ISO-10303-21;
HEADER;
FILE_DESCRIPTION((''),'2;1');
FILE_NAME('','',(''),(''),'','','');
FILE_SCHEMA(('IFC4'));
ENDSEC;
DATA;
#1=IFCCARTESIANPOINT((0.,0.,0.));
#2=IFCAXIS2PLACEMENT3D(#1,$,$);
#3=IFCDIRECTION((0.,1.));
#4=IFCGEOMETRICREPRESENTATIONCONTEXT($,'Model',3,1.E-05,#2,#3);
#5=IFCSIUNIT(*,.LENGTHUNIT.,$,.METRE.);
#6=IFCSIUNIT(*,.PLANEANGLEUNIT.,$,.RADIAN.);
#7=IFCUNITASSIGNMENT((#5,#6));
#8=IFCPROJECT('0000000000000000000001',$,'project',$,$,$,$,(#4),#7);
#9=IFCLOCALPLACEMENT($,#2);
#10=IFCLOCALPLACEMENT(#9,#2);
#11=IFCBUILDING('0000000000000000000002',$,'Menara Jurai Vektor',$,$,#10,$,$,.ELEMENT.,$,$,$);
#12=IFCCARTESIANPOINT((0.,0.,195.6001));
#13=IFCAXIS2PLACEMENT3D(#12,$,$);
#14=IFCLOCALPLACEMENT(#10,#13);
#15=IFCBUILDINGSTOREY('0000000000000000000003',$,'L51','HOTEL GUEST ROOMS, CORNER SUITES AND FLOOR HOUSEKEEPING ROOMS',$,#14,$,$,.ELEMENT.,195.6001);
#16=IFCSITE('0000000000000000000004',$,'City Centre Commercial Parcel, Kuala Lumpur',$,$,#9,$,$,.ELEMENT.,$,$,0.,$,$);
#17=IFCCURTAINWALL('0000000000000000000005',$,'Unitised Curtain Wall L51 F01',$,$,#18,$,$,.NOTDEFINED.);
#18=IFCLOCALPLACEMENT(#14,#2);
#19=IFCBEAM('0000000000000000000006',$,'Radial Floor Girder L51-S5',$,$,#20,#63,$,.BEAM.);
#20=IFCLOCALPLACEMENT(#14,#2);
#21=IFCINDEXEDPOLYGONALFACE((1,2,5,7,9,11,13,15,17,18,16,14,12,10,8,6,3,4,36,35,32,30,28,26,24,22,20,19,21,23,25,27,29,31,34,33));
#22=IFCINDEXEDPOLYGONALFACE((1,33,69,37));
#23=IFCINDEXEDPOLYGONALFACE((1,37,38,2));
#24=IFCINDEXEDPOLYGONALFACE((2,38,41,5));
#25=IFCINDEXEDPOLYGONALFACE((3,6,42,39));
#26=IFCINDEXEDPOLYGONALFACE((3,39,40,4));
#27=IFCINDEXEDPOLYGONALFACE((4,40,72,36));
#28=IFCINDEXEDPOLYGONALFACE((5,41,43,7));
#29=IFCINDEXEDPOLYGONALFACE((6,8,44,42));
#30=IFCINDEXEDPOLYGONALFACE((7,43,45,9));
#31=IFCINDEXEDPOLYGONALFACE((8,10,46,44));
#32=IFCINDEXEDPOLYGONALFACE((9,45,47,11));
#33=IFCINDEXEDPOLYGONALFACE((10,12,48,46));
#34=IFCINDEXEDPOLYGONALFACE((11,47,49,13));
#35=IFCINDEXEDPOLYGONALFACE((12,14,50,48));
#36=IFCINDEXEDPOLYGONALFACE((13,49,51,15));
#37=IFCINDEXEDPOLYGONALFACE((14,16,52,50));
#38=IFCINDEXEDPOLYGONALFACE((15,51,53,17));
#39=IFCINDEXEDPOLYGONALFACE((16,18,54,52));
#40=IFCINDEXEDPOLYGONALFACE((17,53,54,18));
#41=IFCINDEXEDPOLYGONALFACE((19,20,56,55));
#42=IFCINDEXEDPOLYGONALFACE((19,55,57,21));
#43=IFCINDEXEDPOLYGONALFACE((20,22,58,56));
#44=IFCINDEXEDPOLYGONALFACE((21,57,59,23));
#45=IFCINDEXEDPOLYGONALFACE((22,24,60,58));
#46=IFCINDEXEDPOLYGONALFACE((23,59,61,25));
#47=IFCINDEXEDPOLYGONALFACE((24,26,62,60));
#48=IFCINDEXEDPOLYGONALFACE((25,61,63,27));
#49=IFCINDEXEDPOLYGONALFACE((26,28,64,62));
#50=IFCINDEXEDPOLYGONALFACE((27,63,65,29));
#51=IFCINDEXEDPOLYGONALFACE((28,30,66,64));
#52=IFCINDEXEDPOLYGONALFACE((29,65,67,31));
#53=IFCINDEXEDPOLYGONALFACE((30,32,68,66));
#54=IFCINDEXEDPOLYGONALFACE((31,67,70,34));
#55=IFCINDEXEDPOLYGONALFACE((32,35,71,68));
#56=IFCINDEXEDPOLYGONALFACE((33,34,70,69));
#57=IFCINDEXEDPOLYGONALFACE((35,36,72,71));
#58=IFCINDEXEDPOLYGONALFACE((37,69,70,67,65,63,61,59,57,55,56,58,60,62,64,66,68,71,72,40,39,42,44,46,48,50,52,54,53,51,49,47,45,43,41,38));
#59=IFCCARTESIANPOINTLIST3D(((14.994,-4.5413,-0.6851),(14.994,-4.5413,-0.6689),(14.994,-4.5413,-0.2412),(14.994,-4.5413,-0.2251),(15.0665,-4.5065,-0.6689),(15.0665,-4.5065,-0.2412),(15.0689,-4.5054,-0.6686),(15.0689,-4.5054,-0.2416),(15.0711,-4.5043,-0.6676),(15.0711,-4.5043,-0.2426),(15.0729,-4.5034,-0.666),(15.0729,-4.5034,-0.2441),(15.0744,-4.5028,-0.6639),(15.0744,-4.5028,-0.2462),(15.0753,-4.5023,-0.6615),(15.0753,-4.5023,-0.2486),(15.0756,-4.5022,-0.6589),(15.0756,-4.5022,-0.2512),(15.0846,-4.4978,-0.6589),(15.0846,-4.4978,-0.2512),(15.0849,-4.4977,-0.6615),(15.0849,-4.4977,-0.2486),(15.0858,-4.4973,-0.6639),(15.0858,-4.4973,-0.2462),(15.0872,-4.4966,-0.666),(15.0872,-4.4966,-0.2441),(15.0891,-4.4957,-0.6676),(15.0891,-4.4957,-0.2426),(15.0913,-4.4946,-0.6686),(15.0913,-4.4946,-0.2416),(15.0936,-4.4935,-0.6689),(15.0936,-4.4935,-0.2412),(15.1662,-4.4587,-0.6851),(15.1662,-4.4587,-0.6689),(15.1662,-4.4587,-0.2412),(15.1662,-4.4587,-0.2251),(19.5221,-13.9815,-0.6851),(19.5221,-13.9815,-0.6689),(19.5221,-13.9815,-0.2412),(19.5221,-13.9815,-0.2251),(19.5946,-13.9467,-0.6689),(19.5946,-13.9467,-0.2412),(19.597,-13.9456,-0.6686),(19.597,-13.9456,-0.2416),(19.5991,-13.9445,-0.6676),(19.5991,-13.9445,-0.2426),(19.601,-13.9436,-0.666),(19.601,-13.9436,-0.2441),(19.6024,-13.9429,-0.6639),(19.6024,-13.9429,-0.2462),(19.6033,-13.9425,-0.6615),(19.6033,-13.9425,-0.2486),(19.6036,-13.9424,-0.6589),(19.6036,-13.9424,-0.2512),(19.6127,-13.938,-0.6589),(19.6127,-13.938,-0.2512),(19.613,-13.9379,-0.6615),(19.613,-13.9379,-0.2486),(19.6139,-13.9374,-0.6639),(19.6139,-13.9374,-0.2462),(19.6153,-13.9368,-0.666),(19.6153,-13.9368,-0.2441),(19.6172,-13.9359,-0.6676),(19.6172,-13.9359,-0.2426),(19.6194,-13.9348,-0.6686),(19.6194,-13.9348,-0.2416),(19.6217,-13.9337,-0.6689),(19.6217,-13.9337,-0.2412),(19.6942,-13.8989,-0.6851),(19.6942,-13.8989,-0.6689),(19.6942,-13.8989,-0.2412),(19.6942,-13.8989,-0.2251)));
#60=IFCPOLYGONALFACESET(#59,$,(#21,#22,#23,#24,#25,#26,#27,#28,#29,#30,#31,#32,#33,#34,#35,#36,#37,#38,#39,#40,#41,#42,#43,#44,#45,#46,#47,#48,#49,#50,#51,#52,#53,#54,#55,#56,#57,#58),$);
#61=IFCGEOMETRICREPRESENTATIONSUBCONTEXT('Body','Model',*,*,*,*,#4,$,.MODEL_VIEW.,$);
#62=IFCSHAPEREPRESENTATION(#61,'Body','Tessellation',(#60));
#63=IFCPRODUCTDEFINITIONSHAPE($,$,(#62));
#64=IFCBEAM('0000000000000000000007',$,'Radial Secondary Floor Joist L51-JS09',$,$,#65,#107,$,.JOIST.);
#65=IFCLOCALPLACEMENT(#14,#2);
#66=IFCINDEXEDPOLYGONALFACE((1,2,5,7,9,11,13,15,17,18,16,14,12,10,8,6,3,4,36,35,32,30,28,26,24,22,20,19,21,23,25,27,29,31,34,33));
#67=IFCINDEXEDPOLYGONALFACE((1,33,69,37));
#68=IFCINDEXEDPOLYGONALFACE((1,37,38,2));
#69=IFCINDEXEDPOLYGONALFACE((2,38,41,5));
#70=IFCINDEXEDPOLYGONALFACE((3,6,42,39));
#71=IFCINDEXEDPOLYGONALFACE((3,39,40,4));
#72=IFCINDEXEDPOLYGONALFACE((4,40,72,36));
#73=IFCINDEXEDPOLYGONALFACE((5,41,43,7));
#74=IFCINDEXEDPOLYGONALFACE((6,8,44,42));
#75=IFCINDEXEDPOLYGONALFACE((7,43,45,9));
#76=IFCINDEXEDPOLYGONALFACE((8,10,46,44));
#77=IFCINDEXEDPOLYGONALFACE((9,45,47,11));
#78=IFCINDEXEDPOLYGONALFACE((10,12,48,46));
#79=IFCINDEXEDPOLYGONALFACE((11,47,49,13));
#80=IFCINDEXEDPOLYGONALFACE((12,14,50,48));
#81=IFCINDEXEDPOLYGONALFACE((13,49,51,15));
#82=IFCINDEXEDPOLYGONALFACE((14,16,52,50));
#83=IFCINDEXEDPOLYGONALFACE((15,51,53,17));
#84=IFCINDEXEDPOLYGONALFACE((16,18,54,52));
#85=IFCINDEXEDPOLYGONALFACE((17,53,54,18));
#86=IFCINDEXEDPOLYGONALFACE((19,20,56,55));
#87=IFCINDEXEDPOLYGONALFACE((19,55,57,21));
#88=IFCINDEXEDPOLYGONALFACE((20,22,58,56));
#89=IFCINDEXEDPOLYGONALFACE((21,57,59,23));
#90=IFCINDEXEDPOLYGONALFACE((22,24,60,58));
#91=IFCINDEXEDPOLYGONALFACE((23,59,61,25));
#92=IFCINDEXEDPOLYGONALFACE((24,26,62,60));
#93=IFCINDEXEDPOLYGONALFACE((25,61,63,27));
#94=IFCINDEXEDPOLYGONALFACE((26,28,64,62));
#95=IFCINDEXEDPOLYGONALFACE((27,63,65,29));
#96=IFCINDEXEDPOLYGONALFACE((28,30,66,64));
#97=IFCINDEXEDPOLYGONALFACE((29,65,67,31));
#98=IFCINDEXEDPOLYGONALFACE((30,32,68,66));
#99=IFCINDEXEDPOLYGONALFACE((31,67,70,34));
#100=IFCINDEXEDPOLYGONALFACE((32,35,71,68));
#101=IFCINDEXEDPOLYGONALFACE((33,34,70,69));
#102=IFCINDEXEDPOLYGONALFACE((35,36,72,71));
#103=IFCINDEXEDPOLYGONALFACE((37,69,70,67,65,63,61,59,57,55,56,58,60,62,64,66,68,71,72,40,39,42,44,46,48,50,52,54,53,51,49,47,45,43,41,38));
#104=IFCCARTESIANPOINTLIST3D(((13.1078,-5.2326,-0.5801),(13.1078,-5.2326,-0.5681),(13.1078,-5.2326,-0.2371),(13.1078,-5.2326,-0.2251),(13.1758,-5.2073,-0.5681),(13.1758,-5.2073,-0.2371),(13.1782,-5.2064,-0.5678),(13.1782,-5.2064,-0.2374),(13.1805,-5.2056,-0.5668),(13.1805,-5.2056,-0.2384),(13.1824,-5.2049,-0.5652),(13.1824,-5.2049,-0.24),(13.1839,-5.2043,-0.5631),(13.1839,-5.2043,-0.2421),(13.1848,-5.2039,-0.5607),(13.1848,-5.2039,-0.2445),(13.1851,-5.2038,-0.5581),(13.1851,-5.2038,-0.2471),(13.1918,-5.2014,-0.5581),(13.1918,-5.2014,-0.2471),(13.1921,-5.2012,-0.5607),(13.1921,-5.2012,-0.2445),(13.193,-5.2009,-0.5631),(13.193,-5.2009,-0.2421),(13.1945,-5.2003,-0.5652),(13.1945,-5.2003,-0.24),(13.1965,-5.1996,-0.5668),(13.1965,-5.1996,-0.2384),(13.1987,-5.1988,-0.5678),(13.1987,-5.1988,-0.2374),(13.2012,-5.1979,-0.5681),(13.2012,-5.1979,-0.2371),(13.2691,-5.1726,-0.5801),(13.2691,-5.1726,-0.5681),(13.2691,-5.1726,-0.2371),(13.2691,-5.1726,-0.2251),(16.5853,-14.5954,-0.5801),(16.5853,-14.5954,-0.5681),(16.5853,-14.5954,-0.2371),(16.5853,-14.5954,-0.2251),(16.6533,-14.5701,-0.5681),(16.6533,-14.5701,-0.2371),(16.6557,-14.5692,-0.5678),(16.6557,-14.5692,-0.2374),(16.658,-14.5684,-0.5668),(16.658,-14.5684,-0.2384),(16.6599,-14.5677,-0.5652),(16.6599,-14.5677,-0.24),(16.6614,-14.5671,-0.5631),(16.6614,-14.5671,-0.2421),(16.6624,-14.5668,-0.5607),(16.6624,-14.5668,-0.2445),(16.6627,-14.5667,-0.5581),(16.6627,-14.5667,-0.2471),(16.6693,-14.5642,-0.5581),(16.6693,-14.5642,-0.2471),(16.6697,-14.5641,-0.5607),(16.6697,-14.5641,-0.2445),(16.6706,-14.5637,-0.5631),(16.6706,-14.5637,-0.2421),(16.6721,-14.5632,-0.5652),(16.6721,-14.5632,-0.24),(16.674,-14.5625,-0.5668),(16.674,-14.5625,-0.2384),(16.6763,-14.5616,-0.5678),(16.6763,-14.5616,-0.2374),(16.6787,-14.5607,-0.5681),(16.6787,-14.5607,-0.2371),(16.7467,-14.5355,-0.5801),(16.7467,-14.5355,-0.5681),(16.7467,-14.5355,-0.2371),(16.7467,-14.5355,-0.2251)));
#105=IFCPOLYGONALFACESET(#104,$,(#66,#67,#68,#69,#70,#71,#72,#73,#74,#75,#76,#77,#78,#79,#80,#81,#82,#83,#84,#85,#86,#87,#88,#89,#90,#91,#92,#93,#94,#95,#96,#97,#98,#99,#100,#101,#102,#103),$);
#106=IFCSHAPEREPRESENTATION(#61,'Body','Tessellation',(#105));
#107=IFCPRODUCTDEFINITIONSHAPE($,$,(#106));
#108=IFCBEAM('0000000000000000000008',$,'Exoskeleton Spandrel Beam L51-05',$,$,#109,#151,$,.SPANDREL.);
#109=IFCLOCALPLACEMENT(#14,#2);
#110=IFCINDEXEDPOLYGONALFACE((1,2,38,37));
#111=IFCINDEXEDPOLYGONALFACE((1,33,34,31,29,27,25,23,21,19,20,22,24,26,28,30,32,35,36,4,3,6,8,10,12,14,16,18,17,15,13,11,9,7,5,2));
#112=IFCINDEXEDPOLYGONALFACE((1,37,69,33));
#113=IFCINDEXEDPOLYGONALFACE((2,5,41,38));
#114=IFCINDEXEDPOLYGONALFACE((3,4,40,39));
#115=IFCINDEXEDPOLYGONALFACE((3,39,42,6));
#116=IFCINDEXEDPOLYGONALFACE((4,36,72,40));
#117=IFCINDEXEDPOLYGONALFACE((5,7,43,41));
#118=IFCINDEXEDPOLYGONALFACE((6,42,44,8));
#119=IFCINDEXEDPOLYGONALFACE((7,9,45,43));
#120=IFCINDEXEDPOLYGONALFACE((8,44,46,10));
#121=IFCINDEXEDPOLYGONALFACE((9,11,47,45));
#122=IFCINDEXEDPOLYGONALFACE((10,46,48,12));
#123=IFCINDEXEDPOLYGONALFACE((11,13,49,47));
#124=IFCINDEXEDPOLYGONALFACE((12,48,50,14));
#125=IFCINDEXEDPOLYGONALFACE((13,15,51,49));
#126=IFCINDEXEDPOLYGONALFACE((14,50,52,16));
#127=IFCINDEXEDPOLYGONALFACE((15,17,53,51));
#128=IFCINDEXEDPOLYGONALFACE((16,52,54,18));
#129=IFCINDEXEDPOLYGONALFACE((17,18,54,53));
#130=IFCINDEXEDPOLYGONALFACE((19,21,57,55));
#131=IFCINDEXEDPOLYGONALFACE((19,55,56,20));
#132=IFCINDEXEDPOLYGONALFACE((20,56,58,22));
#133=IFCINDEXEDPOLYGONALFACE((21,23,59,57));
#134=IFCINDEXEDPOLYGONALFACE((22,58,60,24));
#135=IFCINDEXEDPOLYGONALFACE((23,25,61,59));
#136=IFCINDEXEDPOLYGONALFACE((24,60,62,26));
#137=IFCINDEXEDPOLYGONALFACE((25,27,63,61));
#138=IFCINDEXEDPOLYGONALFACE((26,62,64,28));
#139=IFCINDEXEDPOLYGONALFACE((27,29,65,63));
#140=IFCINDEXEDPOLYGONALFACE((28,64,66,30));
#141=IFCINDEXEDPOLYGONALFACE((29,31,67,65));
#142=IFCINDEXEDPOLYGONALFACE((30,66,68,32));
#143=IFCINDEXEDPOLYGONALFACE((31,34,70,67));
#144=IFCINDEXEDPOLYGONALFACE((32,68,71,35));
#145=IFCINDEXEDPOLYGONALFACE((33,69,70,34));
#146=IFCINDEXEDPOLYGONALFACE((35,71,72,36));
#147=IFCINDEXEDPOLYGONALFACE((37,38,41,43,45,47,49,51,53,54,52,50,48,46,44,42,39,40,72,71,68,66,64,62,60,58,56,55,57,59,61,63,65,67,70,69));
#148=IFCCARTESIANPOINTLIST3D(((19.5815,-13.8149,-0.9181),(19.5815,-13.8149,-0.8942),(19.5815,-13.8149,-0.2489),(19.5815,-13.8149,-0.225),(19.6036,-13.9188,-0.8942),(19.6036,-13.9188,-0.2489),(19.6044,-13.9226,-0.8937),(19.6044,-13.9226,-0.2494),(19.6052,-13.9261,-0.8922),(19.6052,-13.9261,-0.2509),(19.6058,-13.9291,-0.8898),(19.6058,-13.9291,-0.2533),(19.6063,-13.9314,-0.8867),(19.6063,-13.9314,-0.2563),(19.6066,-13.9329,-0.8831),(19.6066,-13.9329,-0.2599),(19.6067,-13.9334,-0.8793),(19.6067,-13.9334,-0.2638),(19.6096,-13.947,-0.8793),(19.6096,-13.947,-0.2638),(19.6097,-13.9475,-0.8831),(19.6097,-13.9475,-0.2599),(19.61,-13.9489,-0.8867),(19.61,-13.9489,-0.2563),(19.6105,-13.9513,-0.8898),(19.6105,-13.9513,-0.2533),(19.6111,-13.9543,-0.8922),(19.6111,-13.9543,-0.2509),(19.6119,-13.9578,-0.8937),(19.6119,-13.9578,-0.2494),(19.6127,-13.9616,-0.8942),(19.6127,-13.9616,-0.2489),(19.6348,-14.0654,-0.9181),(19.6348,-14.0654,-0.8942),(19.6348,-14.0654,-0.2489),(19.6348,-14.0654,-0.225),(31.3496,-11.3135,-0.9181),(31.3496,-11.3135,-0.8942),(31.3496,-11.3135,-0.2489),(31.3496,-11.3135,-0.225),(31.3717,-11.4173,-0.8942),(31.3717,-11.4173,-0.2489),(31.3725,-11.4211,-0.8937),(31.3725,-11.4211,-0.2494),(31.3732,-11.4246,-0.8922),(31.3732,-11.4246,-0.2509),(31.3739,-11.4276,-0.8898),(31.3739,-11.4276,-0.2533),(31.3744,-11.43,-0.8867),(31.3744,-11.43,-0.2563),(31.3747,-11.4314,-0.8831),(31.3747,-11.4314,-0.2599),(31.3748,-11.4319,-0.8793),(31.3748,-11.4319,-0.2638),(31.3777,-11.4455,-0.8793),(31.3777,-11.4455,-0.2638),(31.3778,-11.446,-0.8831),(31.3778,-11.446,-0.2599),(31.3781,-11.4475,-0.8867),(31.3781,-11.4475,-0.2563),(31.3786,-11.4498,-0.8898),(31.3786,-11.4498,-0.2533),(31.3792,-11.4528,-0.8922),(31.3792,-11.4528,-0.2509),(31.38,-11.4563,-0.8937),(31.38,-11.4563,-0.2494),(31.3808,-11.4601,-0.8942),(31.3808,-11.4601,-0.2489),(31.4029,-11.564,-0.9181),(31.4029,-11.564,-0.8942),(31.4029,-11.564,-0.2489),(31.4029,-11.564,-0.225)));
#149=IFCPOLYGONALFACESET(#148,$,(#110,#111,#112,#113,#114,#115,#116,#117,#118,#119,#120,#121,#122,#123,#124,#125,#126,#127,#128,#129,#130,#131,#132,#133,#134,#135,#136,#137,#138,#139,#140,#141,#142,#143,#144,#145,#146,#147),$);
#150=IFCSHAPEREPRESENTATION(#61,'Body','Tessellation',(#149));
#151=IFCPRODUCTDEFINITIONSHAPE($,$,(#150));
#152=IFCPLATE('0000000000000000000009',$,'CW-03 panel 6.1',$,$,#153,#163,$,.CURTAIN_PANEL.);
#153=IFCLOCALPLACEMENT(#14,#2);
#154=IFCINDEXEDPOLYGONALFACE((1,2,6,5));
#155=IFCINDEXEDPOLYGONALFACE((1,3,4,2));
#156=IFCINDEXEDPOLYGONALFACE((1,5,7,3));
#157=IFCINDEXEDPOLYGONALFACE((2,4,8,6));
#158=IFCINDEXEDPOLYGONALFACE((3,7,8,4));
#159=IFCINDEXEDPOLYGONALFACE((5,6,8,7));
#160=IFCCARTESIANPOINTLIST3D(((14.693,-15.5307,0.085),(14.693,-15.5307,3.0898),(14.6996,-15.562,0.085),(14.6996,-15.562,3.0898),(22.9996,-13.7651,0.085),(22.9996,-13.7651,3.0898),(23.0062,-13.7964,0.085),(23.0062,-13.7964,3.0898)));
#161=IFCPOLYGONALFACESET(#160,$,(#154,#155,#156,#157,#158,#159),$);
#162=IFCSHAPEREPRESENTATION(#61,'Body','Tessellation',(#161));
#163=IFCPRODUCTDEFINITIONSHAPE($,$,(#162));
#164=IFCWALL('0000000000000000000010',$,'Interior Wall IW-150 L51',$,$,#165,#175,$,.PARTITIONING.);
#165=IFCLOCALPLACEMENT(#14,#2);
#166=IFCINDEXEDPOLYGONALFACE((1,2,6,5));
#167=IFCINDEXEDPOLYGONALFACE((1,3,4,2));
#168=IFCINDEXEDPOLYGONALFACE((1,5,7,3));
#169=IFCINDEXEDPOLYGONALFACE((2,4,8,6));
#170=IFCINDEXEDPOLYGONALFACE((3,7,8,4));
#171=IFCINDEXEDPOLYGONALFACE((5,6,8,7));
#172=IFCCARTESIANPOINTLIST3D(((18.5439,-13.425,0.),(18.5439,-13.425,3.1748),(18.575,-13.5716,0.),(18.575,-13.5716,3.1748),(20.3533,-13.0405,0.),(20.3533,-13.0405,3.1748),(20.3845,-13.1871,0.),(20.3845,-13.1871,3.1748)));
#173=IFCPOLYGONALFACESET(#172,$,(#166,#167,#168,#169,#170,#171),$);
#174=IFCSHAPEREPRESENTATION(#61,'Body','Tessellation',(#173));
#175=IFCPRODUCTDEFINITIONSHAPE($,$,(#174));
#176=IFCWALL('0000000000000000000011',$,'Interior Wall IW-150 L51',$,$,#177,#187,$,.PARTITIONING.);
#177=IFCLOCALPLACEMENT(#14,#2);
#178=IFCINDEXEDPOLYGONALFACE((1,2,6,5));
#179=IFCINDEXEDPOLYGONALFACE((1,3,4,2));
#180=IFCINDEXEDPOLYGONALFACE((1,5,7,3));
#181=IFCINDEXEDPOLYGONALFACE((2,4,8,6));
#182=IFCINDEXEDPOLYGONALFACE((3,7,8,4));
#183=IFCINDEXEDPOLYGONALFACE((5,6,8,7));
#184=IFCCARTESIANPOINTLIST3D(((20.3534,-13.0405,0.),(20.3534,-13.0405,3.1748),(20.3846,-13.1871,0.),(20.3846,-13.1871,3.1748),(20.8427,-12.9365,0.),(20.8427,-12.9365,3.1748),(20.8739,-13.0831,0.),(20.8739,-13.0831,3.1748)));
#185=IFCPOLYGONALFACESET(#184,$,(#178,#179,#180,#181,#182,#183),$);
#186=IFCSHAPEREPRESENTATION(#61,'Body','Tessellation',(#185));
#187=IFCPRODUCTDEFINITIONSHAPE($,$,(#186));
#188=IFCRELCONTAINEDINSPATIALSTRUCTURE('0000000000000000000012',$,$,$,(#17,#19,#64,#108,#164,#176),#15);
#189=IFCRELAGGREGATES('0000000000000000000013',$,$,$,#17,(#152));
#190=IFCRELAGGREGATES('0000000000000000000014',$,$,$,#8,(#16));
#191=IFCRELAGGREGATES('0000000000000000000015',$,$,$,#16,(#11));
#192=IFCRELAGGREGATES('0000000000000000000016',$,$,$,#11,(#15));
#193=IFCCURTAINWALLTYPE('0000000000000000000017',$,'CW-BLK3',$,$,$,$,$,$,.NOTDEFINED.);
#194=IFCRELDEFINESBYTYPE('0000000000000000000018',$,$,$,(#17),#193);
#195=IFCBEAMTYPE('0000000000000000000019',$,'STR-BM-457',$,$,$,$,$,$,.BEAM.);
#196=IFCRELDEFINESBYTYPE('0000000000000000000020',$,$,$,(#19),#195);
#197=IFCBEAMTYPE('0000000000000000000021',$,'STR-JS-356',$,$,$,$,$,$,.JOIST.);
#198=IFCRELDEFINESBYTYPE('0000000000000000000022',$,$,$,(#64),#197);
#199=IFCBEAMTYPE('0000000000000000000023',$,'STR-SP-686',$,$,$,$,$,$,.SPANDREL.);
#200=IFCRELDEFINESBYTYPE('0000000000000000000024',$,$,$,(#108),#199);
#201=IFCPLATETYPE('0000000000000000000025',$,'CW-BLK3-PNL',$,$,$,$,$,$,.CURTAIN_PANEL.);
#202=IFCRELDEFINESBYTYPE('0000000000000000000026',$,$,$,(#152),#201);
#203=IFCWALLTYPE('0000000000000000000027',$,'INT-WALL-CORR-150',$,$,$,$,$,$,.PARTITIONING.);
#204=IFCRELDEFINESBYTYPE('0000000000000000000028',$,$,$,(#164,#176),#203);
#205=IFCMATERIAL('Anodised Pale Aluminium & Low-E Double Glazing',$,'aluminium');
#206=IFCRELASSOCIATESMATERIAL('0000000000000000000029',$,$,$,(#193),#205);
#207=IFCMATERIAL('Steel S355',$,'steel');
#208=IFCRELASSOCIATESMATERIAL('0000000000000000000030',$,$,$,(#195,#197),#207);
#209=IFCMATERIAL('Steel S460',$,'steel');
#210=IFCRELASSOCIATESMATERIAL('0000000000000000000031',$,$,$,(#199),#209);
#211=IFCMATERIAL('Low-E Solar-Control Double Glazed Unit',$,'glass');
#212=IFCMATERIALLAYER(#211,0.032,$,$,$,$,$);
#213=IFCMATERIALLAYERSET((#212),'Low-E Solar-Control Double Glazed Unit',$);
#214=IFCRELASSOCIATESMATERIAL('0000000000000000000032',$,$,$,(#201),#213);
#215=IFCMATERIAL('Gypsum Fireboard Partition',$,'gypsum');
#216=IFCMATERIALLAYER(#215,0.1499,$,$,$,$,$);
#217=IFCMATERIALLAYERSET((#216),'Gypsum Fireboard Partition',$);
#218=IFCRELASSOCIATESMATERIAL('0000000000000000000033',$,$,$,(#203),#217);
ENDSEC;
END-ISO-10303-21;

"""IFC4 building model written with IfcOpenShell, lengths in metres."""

from ifc_helpers import new_model, si_unit, direction, frame, frame_2d, origin, origin_2d, place, context, subcontext, project, spatial, rectangle, i_section, extrude, material, layer, layer_set, material_profile, profile_set, type_object, element, aggregate, save


model = new_model("IFC4")

# Units and contexts
model_context = context("Model", 3, precision=1e-05, world=origin(), true_north=direction((0.0, 1.0)))
body_context = subcontext(model_context, "Body", "Model", "MODEL_VIEW")
ifc_project = project(units=[si_unit("LENGTHUNIT", "METRE"), si_unit("PLANEANGLEUNIT", "RADIAN")], contexts=[model_context])

# Site, building, storey
site_placement = place(None, origin())
site = spatial("IfcSite", under=ifc_project, at=site_placement, Name="City Centre Commercial Parcel, Kuala Lumpur", CompositionType="ELEMENT", RefElevation=0.0)
building_placement = place(site_placement, origin())
building = spatial("IfcBuilding", under=site, at=building_placement, Name="Menara Jurai Vektor", CompositionType="ELEMENT")
storey_placement = place(building_placement, frame((0.0, 0.0, 195.6001)))
storey = spatial("IfcBuildingStorey", under=building, at=storey_placement, Name="L51", Description="HOTEL GUEST ROOMS, CORNER SUITES AND FLOOR HOUSEKEEPING ROOMS", CompositionType="ELEMENT", Elevation=195.6001)

# Shared definitions
ifc_material_1 = material(Name="Steel S460", Category="steel")

# Curtain wall
ifc_material_2 = material(Name="Anodised Pale Aluminium & Low-E Double Glazing", Category="aluminium")
curtain_wall_type = type_object("IfcCurtainWallType", Name="CW-BLK3", PredefinedType="NOTDEFINED", material=ifc_material_2)
curtain_wall_placement = place(storey_placement, origin())
curtain_wall = element("IfcCurtainWall", 1, at=curtain_wall_placement, inside=storey, type_object=curtain_wall_type, Name="Unitised Curtain Wall L51 F01", PredefinedType="NOTDEFINED")

# Beams
ifc_material_3 = material(Name="Steel S355", Category="steel")
ifc_material_profile_1 = material_profile(ifc_material_3, i_section(OverallWidth=0.1909, OverallDepth=0.46, WebThickness=0.01, FlangeThickness=0.0161, FilletRadius=0.01, at=origin_2d()), Name="UKB 457x191x82")
ifc_profile_set_1 = profile_set([ifc_material_profile_1], Name="Steel S355")
beam_type_1 = type_object("IfcBeamType", Name="STR-BM-457", PredefinedType="BEAM", material=ifc_profile_set_1)
beam_1_placement = place(storey_placement, frame((19.6082, -13.9402, -0.4551), z_axis=(-0.432482, 0.901643, 0.0), x_axis=(-0.901643, -0.432482, 0.0)))
element("IfcBeam", 2, at=beam_1_placement, inside=storey, type_object=beam_type_1, Name="Radial Floor Girder L51-S5", PredefinedType="BEAM", context=body_context, shape_type="SweptSolid", body=[
    extrude(i_section(OverallWidth=0.1909, OverallDepth=0.46, WebThickness=0.01, FlangeThickness=0.0161, FilletRadius=0.01, at=origin_2d()), origin(), (0.0, 0.0, 1.0), 10.47),
])
ifc_material_profile_2 = material_profile(ifc_material_3, i_section(OverallWidth=0.1721, OverallDepth=0.355, WebThickness=0.0071, FlangeThickness=0.012, FilletRadius=0.01, at=origin_2d()), Name="UKB 356x171x51")
ifc_profile_set_2 = profile_set([ifc_material_profile_2], Name="Steel S355")
beam_type_2 = type_object("IfcBeamType", Name="STR-JS-356", PredefinedType="JOIST", material=ifc_profile_set_2)
beam_2_placement = place(storey_placement, frame((16.666, -14.5654, -0.4026), z_axis=(-0.34818, 0.937428, 0.0), x_axis=(-0.937428, -0.34818, 0.0)))
element("IfcBeam", 3, at=beam_2_placement, inside=storey, type_object=beam_type_2, Name="Radial Secondary Floor Joist L51-JS09", PredefinedType="JOIST", context=body_context, shape_type="SweptSolid", body=[
    extrude(i_section(OverallWidth=0.1721, OverallDepth=0.355, WebThickness=0.0071, FlangeThickness=0.012, FilletRadius=0.01, at=origin_2d()), origin(), (0.0, 0.0, 1.0), 9.9878),
])
ifc_material_profile_3 = material_profile(ifc_material_1, i_section(OverallWidth=0.2561, OverallDepth=0.6931, WebThickness=0.0139, FlangeThickness=0.0239, FilletRadius=0.0149, at=origin_2d()), Name="UKB 686x254x170")
ifc_profile_set_3 = profile_set([ifc_material_profile_3], Name="Steel S460")
beam_type_3 = type_object("IfcBeamType", Name="STR-SP-686", PredefinedType="SPANDREL", material=ifc_profile_set_3)
beam_3_placement = place(storey_placement, frame((19.6082, -13.9402, -0.5715), z_axis=(0.978146, 0.207918, 0.0), x_axis=(-0.207918, 0.978146, 0.0)))
element("IfcBeam", 4, at=beam_3_placement, inside=storey, type_object=beam_type_3, Name="Exoskeleton Spandrel Beam L51-05", PredefinedType="SPANDREL", context=body_context, shape_type="SweptSolid", body=[
    extrude(i_section(OverallWidth=0.2561, OverallDepth=0.6931, WebThickness=0.0139, FlangeThickness=0.0239, FilletRadius=0.0149, at=origin_2d()), origin(), (0.0, 0.0, 1.0), 12.031),
])

# Plate
ifc_material_4 = material(Name="Low-E Solar-Control Double Glazed Unit", Category="glass")
ifc_layer_1 = layer(ifc_material_4, 0.032)
ifc_layer_set_1 = layer_set([ifc_layer_1], Name="Low-E Solar-Control Double Glazed Unit")
plate_type = type_object("IfcPlateType", Name="CW-BLK3-PNL", PredefinedType="CURTAIN_PANEL", material=ifc_layer_set_1)
plate_placement = place(storey_placement, frame((18.8496, -14.6636, 0.085), z_axis=(0.0, 0.0, 1.0), x_axis=(0.978148, 0.207911, 0.0)))
plate = element("IfcPlate", 5, at=plate_placement, type_object=plate_type, Name="CW-03 panel 6.1", PredefinedType="CURTAIN_PANEL", context=body_context, shape_type="SweptSolid", body=[
    extrude(rectangle(XDim=8.4922, YDim=0.032, at=origin_2d()), origin(), (0.0, 0.0, 1.0), 3.0049),
])
aggregate(curtain_wall, [plate])

# Walls
ifc_material_5 = material(Name="Gypsum Fireboard Partition", Category="gypsum")
ifc_layer_2 = layer(ifc_material_5, 0.1499)
ifc_layer_set_2 = layer_set([ifc_layer_2], Name="Gypsum Fireboard Partition")
wall_type_1 = type_object("IfcWallType", Name="INT-WALL-CORR-150", PredefinedType="PARTITIONING", material=ifc_layer_set_2)
wall_1_placement = place(storey_placement, frame((18.5596, -13.4983, 0.0), z_axis=(0.0, 0.0, 1.0), x_axis=(0.97816, 0.207852, 0.0)))
element("IfcWall", 6, at=wall_1_placement, inside=storey, type_object=wall_type_1, Name="Interior Wall IW-150 L51", PredefinedType="PARTITIONING", context=body_context, shape_type="SweptSolid", body=[
    extrude(rectangle(XDim=1.8499, YDim=0.1499, at=frame_2d((0.9248, 0.0))), origin(), (0.0, 0.0, 1.0), 3.1748),
])
wall_2_placement = place(storey_placement, frame((20.3691, -13.1138, 0.0), z_axis=(0.0, 0.0, 1.0), x_axis=(0.978144, 0.207929, 0.0)))
element("IfcWall", 7, at=wall_2_placement, inside=storey, type_object=wall_type_1, Name="Interior Wall IW-150 L51", PredefinedType="PARTITIONING", context=body_context, shape_type="SweptSolid", body=[
    extrude(rectangle(XDim=0.5002, YDim=0.1499, at=frame_2d((0.25, 0.0))), origin(), (0.0, 0.0, 1.0), 3.1748),
])

save(model, "model.ifc")
